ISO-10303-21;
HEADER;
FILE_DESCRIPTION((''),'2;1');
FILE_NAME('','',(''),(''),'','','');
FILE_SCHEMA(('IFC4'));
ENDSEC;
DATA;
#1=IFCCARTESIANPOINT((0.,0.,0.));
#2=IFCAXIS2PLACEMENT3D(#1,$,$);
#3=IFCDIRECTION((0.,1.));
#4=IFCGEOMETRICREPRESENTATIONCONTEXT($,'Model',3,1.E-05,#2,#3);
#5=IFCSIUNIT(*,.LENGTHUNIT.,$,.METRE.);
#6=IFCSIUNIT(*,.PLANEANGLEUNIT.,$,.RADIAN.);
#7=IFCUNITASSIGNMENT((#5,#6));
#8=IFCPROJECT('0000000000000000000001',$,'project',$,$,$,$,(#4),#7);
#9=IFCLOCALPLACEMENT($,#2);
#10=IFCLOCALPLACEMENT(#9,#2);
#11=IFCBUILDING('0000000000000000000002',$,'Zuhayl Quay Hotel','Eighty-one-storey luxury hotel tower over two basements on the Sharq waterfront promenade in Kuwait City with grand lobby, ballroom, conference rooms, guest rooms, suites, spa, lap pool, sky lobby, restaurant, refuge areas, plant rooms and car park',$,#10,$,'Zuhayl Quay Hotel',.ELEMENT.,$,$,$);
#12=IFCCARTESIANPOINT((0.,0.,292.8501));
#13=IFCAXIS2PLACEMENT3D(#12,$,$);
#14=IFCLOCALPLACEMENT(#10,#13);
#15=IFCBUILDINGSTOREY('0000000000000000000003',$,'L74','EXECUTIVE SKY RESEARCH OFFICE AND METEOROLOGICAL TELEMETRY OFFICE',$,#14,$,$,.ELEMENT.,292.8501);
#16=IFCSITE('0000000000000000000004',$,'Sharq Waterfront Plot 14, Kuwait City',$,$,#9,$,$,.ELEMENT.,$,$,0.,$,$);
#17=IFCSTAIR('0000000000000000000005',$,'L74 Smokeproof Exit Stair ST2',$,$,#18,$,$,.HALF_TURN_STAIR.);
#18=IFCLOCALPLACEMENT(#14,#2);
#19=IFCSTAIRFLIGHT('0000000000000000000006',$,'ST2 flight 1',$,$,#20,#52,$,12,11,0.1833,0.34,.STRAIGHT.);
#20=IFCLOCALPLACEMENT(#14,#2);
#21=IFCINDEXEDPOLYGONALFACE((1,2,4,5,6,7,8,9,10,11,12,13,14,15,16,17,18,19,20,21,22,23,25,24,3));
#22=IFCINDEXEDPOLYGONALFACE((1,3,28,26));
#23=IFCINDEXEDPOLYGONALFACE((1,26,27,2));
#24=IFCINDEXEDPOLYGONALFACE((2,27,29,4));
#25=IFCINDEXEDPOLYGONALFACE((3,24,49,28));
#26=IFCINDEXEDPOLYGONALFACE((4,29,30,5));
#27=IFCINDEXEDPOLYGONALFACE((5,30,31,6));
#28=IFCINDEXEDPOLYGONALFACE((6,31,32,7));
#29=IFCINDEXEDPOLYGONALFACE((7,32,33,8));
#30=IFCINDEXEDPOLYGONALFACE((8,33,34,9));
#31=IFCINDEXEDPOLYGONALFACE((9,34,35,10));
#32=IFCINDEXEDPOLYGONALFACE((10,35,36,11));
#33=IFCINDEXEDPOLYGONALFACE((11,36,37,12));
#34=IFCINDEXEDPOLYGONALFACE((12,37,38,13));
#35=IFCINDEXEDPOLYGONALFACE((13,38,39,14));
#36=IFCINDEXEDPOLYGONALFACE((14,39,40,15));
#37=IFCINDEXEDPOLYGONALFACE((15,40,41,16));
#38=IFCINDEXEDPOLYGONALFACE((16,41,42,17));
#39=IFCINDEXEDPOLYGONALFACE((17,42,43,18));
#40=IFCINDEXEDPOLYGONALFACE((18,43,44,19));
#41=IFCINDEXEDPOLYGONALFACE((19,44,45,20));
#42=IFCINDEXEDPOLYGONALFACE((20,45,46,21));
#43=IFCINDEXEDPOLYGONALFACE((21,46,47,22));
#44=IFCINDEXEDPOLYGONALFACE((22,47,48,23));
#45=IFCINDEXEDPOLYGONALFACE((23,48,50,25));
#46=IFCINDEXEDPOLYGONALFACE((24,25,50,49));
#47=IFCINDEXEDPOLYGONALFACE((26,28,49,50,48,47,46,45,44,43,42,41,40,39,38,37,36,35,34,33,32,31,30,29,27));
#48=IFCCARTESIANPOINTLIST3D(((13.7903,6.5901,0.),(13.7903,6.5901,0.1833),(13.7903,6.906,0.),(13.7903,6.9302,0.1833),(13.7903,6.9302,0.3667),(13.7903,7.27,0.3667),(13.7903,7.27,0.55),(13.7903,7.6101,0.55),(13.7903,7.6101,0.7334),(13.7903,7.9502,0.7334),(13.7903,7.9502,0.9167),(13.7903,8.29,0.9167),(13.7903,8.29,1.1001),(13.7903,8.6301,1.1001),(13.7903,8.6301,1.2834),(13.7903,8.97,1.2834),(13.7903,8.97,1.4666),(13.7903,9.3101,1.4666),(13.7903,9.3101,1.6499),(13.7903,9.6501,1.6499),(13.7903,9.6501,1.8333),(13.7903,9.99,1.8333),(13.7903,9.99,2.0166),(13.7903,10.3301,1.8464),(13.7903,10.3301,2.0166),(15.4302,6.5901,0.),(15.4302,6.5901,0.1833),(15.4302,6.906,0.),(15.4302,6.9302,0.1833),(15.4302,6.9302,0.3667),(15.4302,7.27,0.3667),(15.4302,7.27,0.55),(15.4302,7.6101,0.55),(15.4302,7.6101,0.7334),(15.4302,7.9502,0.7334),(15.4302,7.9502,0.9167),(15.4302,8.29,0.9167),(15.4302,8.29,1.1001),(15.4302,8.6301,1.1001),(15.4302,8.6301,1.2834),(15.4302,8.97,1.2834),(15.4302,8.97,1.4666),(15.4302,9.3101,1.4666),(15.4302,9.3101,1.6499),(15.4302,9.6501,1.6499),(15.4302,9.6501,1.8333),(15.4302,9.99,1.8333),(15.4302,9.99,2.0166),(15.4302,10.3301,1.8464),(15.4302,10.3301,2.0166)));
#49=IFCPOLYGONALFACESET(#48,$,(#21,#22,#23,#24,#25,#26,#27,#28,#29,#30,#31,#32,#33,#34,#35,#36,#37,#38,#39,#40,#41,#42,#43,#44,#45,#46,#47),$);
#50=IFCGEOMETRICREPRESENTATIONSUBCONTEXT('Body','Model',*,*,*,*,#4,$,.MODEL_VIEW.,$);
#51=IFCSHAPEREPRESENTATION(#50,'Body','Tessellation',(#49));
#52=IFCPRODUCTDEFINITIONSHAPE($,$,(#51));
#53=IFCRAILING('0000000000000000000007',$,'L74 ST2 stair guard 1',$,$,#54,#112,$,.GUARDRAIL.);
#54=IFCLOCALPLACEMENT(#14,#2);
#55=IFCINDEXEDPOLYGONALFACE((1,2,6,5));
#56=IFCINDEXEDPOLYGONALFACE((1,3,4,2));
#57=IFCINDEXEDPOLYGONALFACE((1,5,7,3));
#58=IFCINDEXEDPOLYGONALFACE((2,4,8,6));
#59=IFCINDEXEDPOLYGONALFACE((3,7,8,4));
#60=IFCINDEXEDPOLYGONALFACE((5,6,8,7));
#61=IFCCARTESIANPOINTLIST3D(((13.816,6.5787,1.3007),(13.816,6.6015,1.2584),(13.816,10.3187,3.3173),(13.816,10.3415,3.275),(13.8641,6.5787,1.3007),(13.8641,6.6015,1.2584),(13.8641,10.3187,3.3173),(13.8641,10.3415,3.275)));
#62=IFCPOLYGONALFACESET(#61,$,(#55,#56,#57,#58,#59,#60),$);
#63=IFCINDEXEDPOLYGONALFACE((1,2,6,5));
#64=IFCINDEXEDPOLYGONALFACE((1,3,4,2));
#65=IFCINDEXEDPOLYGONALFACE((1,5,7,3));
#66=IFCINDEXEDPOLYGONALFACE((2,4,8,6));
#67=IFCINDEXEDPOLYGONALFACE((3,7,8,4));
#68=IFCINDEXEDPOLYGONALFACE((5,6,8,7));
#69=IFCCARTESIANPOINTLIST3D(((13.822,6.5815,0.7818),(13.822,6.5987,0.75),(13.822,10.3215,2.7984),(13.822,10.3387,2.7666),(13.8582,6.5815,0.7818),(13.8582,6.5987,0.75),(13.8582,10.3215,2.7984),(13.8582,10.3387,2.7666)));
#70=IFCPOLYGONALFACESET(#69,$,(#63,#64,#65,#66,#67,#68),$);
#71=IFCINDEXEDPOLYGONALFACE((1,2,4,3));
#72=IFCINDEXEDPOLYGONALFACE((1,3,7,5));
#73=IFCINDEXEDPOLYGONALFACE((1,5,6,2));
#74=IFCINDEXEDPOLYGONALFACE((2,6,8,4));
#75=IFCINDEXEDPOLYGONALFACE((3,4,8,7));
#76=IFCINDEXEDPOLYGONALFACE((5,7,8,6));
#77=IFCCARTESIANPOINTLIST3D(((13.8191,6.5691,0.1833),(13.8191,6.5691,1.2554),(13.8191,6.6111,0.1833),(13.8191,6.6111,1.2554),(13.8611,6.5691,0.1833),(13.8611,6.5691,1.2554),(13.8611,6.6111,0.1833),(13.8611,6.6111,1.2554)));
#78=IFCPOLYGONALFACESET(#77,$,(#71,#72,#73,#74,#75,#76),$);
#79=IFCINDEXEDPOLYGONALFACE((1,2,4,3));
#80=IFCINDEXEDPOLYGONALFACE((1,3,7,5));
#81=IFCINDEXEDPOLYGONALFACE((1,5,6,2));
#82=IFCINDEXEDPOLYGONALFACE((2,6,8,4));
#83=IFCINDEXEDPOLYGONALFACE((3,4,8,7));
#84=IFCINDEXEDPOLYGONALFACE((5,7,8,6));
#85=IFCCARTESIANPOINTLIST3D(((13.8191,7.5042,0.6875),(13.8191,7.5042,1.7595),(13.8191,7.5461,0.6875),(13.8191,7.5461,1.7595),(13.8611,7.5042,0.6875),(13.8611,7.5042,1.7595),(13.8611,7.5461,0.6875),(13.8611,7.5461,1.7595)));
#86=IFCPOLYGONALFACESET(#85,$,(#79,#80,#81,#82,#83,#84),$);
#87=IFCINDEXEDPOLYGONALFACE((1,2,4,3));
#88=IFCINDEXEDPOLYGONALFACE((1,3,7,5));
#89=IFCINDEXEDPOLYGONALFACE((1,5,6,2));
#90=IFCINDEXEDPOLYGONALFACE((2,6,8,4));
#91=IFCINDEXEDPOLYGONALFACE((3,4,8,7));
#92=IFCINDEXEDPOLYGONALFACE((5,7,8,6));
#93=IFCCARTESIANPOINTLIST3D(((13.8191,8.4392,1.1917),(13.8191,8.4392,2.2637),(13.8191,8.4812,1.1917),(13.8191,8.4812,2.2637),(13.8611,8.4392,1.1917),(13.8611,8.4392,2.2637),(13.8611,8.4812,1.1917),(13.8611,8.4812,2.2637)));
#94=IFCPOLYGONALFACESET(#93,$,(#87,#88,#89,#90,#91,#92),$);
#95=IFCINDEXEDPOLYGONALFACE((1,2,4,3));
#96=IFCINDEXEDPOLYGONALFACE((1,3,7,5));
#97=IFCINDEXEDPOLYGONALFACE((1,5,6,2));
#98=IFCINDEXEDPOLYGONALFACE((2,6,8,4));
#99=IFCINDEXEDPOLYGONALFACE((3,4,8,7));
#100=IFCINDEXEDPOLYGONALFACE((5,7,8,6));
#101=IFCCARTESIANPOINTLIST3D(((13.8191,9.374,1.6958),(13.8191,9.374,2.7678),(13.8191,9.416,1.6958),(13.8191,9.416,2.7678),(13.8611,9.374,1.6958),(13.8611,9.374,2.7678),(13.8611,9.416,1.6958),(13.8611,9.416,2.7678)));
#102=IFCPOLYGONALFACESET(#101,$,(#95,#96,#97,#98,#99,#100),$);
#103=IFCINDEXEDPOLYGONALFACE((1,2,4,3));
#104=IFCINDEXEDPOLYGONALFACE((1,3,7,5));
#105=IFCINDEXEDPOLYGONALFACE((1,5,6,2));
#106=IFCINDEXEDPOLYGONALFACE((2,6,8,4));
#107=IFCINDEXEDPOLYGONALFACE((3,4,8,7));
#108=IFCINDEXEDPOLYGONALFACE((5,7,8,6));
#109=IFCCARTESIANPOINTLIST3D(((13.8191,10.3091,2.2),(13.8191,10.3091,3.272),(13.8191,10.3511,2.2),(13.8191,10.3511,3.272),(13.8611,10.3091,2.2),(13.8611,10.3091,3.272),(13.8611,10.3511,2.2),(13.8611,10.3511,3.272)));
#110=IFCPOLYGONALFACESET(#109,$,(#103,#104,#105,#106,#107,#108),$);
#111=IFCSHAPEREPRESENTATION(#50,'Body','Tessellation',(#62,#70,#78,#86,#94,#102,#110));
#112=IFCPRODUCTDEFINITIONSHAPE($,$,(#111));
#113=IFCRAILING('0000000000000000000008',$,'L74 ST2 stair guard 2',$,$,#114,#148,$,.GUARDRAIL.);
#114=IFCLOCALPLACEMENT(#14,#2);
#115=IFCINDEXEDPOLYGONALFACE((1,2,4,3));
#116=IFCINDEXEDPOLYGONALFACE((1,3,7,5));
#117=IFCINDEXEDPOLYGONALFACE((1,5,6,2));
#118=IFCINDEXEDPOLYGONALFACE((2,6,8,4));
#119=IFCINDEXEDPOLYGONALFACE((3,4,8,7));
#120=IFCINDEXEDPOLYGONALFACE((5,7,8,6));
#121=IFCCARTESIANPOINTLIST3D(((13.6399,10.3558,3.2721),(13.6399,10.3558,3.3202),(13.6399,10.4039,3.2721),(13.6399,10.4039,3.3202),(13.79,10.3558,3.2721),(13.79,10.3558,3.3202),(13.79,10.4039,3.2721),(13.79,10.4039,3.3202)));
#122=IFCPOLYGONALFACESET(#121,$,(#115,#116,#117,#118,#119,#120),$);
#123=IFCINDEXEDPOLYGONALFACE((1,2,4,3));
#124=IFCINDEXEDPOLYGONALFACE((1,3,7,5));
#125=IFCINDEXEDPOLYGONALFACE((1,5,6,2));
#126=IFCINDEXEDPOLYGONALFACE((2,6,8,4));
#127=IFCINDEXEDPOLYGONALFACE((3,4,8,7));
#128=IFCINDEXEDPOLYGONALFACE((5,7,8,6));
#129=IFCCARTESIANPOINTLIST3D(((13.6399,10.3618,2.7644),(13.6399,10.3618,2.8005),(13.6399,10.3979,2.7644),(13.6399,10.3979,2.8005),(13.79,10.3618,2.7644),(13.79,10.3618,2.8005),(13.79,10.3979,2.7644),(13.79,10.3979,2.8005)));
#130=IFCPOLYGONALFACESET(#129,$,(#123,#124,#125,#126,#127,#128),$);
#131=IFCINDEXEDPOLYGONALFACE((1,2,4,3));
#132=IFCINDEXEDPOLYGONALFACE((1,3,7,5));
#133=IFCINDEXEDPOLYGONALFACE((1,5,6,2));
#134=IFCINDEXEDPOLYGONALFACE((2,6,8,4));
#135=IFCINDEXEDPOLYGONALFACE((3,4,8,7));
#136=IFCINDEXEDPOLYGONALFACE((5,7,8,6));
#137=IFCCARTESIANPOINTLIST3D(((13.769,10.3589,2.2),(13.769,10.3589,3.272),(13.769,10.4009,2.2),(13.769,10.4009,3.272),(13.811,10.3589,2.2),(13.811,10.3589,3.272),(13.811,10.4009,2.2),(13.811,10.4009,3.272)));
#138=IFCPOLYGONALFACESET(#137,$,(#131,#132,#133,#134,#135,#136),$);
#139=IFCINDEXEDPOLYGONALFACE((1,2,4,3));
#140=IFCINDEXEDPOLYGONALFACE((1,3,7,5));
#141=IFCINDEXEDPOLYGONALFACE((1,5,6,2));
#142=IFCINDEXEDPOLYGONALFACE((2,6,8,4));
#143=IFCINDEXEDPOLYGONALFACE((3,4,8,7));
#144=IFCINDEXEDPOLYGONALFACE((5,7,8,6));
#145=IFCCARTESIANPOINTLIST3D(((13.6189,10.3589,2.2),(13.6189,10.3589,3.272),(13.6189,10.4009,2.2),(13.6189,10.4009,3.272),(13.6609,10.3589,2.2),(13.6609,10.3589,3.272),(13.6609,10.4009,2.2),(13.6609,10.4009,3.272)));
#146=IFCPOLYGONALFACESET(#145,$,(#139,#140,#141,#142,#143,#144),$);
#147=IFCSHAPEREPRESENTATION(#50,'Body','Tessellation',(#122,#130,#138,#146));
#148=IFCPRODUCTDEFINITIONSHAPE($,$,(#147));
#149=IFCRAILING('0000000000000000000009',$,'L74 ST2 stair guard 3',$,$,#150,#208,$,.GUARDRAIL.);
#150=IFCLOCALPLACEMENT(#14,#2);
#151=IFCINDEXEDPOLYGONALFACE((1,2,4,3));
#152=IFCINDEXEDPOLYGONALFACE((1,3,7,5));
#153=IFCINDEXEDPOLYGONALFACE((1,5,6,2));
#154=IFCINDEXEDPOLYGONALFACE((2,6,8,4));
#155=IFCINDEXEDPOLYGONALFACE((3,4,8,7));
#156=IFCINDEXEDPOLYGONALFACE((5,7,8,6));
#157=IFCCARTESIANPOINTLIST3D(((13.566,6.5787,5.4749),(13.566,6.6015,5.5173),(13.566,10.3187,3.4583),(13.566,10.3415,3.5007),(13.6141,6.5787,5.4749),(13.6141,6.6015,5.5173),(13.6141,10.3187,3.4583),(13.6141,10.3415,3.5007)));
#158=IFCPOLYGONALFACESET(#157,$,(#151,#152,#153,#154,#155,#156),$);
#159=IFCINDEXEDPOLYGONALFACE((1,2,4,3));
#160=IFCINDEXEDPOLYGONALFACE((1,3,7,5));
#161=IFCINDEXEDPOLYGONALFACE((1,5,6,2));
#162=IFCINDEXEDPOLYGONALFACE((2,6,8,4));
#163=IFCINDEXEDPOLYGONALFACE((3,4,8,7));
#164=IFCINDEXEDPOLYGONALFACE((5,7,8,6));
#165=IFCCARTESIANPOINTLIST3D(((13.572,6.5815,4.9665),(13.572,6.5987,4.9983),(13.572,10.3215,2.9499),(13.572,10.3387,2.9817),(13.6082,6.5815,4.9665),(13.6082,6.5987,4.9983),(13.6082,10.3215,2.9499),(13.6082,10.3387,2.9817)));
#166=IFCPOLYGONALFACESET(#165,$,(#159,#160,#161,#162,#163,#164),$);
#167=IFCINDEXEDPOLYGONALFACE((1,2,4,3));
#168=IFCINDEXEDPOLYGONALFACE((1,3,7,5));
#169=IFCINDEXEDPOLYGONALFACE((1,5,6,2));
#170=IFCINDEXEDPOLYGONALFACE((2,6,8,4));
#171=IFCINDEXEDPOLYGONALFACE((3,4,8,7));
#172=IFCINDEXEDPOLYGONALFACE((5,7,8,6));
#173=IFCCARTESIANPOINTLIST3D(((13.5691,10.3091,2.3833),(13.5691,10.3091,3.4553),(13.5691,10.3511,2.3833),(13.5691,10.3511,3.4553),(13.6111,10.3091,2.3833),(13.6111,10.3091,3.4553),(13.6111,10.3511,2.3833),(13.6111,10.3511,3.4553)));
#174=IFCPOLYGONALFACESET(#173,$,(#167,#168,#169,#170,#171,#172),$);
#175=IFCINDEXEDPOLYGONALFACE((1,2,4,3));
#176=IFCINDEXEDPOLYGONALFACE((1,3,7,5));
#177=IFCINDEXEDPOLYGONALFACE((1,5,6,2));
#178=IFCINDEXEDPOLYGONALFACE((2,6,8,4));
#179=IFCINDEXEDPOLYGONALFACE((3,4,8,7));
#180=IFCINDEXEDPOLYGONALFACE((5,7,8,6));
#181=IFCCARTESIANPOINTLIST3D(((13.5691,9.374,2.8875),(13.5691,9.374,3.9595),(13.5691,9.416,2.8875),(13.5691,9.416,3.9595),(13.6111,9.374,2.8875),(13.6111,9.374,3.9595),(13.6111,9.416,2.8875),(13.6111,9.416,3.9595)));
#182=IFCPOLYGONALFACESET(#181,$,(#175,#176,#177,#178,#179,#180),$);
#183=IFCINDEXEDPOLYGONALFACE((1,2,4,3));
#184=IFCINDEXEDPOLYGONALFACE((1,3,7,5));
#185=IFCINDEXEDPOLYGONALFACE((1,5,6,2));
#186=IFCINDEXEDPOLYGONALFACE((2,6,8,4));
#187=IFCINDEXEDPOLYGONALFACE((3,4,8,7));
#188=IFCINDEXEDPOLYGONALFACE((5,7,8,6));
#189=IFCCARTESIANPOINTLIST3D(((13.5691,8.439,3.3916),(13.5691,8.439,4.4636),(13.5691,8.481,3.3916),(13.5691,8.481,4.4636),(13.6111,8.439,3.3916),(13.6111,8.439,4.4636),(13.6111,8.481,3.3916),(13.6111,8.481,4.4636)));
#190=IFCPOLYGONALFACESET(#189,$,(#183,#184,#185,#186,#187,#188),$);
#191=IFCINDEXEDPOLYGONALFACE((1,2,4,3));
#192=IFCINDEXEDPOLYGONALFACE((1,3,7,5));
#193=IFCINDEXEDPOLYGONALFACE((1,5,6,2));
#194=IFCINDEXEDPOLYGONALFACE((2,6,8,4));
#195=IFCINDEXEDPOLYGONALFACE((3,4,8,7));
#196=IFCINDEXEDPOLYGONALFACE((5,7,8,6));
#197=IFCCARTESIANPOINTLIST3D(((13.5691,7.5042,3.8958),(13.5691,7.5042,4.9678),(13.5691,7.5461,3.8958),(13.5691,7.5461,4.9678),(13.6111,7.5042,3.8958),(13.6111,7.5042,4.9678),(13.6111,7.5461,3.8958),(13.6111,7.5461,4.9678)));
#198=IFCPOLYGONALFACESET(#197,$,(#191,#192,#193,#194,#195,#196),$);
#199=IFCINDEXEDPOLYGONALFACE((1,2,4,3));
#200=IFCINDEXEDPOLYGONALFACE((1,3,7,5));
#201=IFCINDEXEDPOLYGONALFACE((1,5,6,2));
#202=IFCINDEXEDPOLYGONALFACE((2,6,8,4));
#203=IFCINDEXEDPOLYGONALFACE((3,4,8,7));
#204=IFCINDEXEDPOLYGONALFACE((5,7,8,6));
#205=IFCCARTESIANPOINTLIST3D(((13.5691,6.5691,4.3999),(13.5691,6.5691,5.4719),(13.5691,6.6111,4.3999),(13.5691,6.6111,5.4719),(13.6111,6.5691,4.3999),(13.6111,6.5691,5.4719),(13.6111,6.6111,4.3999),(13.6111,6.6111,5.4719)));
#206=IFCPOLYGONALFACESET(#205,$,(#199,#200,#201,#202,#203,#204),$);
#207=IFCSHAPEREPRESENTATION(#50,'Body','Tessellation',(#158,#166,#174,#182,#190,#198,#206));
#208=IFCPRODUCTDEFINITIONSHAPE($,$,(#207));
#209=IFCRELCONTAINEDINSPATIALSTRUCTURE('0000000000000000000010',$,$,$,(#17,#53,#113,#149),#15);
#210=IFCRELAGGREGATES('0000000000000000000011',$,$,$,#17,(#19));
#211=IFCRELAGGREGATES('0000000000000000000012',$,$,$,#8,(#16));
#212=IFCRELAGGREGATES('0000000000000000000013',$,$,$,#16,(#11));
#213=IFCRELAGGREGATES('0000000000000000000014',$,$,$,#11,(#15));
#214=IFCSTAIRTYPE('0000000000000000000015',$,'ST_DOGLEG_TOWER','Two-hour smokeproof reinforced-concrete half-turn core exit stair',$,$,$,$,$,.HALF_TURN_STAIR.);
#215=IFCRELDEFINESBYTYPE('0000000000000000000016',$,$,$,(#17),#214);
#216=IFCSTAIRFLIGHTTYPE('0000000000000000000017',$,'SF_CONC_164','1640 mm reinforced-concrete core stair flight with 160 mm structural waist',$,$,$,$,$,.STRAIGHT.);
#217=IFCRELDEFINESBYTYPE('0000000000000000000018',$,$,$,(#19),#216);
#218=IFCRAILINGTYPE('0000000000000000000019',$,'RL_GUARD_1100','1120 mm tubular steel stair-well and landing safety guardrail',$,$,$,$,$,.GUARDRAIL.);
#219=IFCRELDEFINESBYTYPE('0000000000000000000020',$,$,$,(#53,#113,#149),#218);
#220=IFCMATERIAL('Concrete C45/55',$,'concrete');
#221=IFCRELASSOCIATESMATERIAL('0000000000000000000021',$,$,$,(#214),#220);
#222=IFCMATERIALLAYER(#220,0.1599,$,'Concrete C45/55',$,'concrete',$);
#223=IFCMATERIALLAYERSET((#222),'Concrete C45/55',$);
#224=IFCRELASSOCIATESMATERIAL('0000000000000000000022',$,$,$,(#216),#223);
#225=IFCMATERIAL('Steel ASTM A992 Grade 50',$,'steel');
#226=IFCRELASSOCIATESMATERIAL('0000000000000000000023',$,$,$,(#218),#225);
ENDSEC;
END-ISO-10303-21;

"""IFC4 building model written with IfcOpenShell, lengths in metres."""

from ifc_helpers import new_model, si_unit, direction, frame, origin, origin_2d, place, context, subcontext, project, spatial, polyline, rectangle, outline, extrude, material, layer, layer_set, type_object, element, aggregate, save


model = new_model("IFC4")

# Units and contexts
model_context = context("Model", 3, precision=1e-05, world=origin(), true_north=direction((0.0, 1.0)))
body_context = subcontext(model_context, "Body", "Model", "MODEL_VIEW")
ifc_project = project(units=[si_unit("LENGTHUNIT", "METRE"), si_unit("PLANEANGLEUNIT", "RADIAN")], contexts=[model_context])

# Site, building, storey
site_placement = place(None, origin())
site = spatial("IfcSite", under=ifc_project, at=site_placement, Name="Sharq Waterfront Plot 14, Kuwait City", CompositionType="ELEMENT", RefElevation=0.0)
building_placement = place(site_placement, origin())
building = spatial("IfcBuilding", under=site, at=building_placement, Name="Zuhayl Quay Hotel", Description="Eighty-one-storey luxury hotel tower over two basements on the Sharq waterfront promenade in Kuwait City with grand lobby, ballroom, conference rooms, guest rooms, suites, spa, lap pool, sky lobby, restaurant, refuge areas, plant rooms and car park", LongName="Zuhayl Quay Hotel", CompositionType="ELEMENT")
storey_placement = place(building_placement, frame((0.0, 0.0, 292.8501)))
storey = spatial("IfcBuildingStorey", under=building, at=storey_placement, Name="L74", Description="EXECUTIVE SKY RESEARCH OFFICE AND METEOROLOGICAL TELEMETRY OFFICE", CompositionType="ELEMENT", Elevation=292.8501)

# Shared definitions
ifc_material_1 = material(Name="Steel ASTM A992 Grade 50", Category="steel")

# Stair, stair flight
ifc_material_2 = material(Name="Concrete C45/55", Category="concrete")
stair_type = type_object("IfcStairType", Name="ST_DOGLEG_TOWER", Description="Two-hour smokeproof reinforced-concrete half-turn core exit stair", PredefinedType="HALF_TURN_STAIR", material=ifc_material_2)
stair_placement = place(storey_placement, origin())
stair = element("IfcStair", 1, at=stair_placement, inside=storey, type_object=stair_type, Name="L74 Smokeproof Exit Stair ST2", PredefinedType="HALF_TURN_STAIR")
ifc_layer_1 = layer(ifc_material_2, 0.1599, Name="Concrete C45/55", Category="concrete")
ifc_layer_set_1 = layer_set([ifc_layer_1], Name="Concrete C45/55")
stair_flight_type = type_object("IfcStairFlightType", Name="SF_CONC_164", Description="1640 mm reinforced-concrete core stair flight with 160 mm structural waist", PredefinedType="STRAIGHT", material=ifc_layer_set_1)
stair_flight_placement = place(storey_placement, frame((14.6101, 6.5901, 0.0), z_axis=(0.0, 0.0, 1.0), x_axis=(0.0, 1.0, 0.0)))
stair_flight = element("IfcStairFlight", 2, at=stair_flight_placement, type_object=stair_flight_type, Name="ST2 flight 1", NumberOfRisers=12, NumberOfTreads=11, PredefinedType="STRAIGHT", RiserHeight=0.1833, TreadLength=0.34, context=body_context, shape_type="SweptSolid", body=[
    extrude(outline(polyline([(0.0, 0.0), (0.0, 0.1833), (0.3401, 0.1833), (0.3401, 0.3667), (0.6799, 0.3667), (0.6799, 0.55), (1.02, 0.55), (1.02, 0.7334), (1.3601, 0.7334), (1.3601, 0.9167), (1.7, 0.9167), (1.7, 1.1001), (2.04, 1.1001), (2.04, 1.2834), (2.3799, 1.2834), (2.3799, 1.4666), (2.72, 1.4666), (2.72, 1.6499), (3.0601, 1.6499), (3.0601, 1.8333), (3.3999, 1.8333), (3.3999, 2.0166), (3.74, 2.0166), (3.74, 2.2), (3.74, 1.8464), (0.3159, 0.0), (0.0, 0.0)])), frame((0.0, 0.8198, 0.0), z_axis=(0.0, -1.0, 0.0), x_axis=(1.0, 0.0, 0.0)), (0.0, 0.0, 1.0), 1.6399),
])
aggregate(stair, [stair_flight])

# Railings
railing_type_1 = type_object("IfcRailingType", Name="RL_GUARD_1100", Description="1120 mm tubular steel stair-well and landing safety guardrail", PredefinedType="GUARDRAIL", material=ifc_material_1)
railing_1_placement = place(storey_placement, frame((13.8401, 6.5901, 0.1833)))
element("IfcRailing", 3, at=railing_1_placement, inside=storey, type_object=railing_type_1, Name="L74 ST2 stair guard 1", PredefinedType="GUARDRAIL", context=body_context, shape_type="SweptSolid", body=[
    extrude(rectangle(XDim=0.0481, YDim=0.0481, at=origin_2d()), frame((0.0, 0.0, 1.0962), z_axis=(0.0, 0.8802, 0.474603), x_axis=(-1.0, 0.0, 0.0)), (0.0, 0.0, 1.0), 4.249),
    extrude(rectangle(XDim=0.0361, YDim=0.0361, at=origin_2d()), frame((0.0, 0.0, 0.5825), z_axis=(0.0, 0.8802, 0.474603), x_axis=(-1.0, 0.0, 0.0)), (0.0, 0.0, 1.0), 4.249),
    extrude(rectangle(XDim=0.042, YDim=0.042, at=origin_2d()), origin(), (0.0, 0.0, 1.0), 1.072),
    extrude(rectangle(XDim=0.042, YDim=0.042, at=origin_2d()), frame((0.0, 0.9351, 0.5042)), (0.0, 0.0, 1.0), 1.072),
    extrude(rectangle(XDim=0.042, YDim=0.042, at=origin_2d()), frame((0.0, 1.8701, 1.0083)), (0.0, 0.0, 1.0), 1.072),
    extrude(rectangle(XDim=0.042, YDim=0.042, at=origin_2d()), frame((0.0, 2.8049, 1.5125)), (0.0, 0.0, 1.0), 1.072),
    extrude(rectangle(XDim=0.042, YDim=0.042, at=origin_2d()), frame((0.0, 3.74, 2.0166)), (0.0, 0.0, 1.0), 1.072),
])
railing_2_placement = place(storey_placement, frame((13.79, 10.3799, 2.2)))
element("IfcRailing", 4, at=railing_2_placement, inside=storey, type_object=railing_type_1, Name="L74 ST2 stair guard 2", PredefinedType="GUARDRAIL", context=body_context, shape_type="SweptSolid", body=[
    extrude(rectangle(XDim=0.0481, YDim=0.0481, at=origin_2d()), frame((0.0, 0.0, 1.0962), z_axis=(-1.0, 0.0, 0.0), x_axis=(0.0, -1.0, 0.0)), (0.0, 0.0, 1.0), 0.1501),
    extrude(rectangle(XDim=0.0361, YDim=0.0361, at=origin_2d()), frame((0.0, 0.0, 0.5825), z_axis=(-1.0, 0.0, 0.0), x_axis=(0.0, -1.0, 0.0)), (0.0, 0.0, 1.0), 0.1501),
    extrude(rectangle(XDim=0.042, YDim=0.042, at=origin_2d()), origin(), (0.0, 0.0, 1.0), 1.072),
    extrude(rectangle(XDim=0.042, YDim=0.042, at=origin_2d()), frame((-0.1501, 0.0, 0.0)), (0.0, 0.0, 1.0), 1.072),
])
railing_3_placement = place(storey_placement, frame((13.5901, 10.3301, 2.3833)))
element("IfcRailing", 5, at=railing_3_placement, inside=storey, type_object=railing_type_1, Name="L74 ST2 stair guard 3", PredefinedType="GUARDRAIL", context=body_context, shape_type="SweptSolid", body=[
    extrude(rectangle(XDim=0.0481, YDim=0.0481, at=origin_2d()), frame((0.0, 0.0, 1.0962), z_axis=(0.0, -0.8802, 0.474603), x_axis=(1.0, 0.0, 0.0)), (0.0, 0.0, 1.0), 4.249),
    extrude(rectangle(XDim=0.0361, YDim=0.0361, at=origin_2d()), frame((0.0, 0.0, 0.5825), z_axis=(0.0, -0.8802, 0.474603), x_axis=(1.0, 0.0, 0.0)), (0.0, 0.0, 1.0), 4.249),
    extrude(rectangle(XDim=0.042, YDim=0.042, at=origin_2d()), origin(), (0.0, 0.0, 1.0), 1.072),
    extrude(rectangle(XDim=0.042, YDim=0.042, at=origin_2d()), frame((0.0, -0.9351, 0.5042)), (0.0, 0.0, 1.0), 1.072),
    extrude(rectangle(XDim=0.042, YDim=0.042, at=origin_2d()), frame((0.0, -1.8701, 1.0083)), (0.0, 0.0, 1.0), 1.072),
    extrude(rectangle(XDim=0.042, YDim=0.042, at=origin_2d()), frame((0.0, -2.8049, 1.5125)), (0.0, 0.0, 1.0), 1.072),
    extrude(rectangle(XDim=0.042, YDim=0.042, at=origin_2d()), frame((0.0, -3.74, 2.0166)), (0.0, 0.0, 1.0), 1.072),
])

save(model, "model.ifc")
